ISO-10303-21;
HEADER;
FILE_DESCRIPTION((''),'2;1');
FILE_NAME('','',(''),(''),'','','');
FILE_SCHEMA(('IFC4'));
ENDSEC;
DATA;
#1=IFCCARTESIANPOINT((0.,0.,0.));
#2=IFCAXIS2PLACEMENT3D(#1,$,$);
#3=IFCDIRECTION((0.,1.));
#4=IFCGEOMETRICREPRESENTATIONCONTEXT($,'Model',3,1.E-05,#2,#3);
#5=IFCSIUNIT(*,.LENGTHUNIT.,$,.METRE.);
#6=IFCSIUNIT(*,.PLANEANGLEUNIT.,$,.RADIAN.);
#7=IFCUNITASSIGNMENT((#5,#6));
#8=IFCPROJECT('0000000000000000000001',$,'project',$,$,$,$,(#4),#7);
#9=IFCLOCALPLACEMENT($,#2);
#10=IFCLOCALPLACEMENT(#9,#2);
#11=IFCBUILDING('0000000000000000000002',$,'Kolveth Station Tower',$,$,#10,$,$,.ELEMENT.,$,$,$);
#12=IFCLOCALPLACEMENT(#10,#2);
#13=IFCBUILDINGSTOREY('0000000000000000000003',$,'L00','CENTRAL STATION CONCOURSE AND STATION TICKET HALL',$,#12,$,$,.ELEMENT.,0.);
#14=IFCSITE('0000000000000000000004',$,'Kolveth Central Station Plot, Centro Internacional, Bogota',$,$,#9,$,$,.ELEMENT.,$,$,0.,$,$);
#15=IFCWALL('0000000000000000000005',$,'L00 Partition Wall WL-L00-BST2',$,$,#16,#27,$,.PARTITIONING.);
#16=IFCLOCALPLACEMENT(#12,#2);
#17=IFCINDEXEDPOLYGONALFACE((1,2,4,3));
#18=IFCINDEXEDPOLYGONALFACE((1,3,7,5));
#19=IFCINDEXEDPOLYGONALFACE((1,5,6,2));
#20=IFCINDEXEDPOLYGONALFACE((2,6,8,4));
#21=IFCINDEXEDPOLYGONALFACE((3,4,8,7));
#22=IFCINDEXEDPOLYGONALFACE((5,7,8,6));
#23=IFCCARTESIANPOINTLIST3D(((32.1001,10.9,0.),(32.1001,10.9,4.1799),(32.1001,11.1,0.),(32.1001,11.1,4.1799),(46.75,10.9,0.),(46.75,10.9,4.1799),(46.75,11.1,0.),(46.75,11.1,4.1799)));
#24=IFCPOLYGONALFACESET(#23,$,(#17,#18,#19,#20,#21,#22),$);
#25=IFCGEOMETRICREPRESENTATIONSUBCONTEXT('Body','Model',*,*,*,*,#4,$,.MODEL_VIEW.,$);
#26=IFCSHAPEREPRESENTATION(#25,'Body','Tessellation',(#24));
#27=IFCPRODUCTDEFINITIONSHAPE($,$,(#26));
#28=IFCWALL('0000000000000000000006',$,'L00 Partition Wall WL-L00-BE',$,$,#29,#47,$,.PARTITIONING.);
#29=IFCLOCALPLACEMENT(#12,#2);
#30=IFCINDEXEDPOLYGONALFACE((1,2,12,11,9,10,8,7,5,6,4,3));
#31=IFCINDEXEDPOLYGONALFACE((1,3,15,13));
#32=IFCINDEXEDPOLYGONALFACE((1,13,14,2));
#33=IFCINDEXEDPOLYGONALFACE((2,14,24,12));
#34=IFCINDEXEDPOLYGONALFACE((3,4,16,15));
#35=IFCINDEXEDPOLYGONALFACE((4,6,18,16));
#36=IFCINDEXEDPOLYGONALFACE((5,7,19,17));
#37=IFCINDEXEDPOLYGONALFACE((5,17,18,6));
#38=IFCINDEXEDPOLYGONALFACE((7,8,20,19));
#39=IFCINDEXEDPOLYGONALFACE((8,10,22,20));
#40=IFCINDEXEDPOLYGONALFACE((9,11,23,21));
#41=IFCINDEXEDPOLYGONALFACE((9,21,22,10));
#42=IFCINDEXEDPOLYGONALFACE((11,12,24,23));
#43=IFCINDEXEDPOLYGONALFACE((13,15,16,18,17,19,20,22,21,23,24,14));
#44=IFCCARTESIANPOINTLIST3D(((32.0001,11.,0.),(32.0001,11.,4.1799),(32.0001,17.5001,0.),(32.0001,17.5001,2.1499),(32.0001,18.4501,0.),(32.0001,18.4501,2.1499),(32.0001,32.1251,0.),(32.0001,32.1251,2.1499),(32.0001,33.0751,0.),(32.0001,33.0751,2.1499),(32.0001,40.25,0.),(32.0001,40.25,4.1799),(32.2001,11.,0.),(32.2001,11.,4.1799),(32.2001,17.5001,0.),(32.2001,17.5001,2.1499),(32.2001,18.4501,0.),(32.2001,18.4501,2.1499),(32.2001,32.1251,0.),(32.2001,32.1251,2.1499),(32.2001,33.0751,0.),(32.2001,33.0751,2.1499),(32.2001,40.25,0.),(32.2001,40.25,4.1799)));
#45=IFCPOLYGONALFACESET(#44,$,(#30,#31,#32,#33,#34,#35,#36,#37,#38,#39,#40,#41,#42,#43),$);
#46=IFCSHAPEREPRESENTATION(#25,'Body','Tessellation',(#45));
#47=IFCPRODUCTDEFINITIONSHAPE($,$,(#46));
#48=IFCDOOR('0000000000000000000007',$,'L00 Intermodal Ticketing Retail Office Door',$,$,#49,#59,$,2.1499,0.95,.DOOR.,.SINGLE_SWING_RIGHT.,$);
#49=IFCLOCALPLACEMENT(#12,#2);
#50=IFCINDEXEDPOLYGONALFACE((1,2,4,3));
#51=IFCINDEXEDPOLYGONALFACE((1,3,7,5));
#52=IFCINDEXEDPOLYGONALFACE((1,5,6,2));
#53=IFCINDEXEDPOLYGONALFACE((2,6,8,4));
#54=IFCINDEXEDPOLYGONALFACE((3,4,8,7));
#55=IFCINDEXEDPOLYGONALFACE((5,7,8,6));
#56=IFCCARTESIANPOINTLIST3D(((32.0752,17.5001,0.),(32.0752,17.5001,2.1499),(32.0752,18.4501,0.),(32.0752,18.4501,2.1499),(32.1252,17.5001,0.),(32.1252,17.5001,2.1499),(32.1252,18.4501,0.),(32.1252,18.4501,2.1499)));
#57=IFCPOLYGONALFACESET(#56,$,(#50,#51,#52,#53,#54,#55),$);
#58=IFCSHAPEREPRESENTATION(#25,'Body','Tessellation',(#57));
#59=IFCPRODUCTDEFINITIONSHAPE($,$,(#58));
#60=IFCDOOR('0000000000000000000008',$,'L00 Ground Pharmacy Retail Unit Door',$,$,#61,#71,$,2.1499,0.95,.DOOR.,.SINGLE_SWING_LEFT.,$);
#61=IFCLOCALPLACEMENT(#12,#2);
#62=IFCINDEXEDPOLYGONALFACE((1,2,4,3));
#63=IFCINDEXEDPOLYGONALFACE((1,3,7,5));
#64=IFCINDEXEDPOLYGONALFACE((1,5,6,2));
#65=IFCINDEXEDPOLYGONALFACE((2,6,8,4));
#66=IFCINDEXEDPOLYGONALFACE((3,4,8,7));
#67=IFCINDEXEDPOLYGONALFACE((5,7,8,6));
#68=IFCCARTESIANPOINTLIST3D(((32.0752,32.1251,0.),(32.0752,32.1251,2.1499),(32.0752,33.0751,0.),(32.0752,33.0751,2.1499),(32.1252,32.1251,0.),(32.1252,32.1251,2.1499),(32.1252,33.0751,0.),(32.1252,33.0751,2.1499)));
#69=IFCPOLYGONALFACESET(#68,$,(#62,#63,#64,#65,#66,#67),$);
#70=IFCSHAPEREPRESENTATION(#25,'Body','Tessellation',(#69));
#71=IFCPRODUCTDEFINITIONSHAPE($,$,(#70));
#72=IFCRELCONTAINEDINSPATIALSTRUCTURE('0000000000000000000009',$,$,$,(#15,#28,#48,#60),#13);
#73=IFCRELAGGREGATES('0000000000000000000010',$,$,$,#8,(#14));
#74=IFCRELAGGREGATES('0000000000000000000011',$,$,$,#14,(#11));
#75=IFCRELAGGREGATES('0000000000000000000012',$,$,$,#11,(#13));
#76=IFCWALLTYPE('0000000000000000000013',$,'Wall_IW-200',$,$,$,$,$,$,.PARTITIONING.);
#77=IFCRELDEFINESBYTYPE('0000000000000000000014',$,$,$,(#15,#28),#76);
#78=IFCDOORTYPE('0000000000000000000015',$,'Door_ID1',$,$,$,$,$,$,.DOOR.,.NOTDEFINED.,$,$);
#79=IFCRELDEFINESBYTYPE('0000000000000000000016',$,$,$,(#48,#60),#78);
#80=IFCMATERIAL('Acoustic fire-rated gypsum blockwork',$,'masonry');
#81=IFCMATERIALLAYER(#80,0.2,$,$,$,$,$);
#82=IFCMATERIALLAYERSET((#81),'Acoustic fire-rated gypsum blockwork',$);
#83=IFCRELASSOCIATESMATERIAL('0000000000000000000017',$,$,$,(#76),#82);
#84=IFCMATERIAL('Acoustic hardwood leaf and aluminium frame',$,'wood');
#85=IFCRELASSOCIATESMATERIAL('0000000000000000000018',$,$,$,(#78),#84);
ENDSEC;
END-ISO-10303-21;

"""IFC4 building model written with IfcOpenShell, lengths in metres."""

from ifc_helpers import new_model, si_unit, direction, frame, frame_2d, origin, place, context, subcontext, project, spatial, rectangle, extrude, material, layer, layer_set, type_object, element, fill, save


model = new_model("IFC4")

# Units and contexts
model_context = context("Model", 3, precision=1e-05, world=origin(), true_north=direction((0.0, 1.0)))
body_context = subcontext(model_context, "Body", "Model", "MODEL_VIEW")
ifc_project = project(units=[si_unit("LENGTHUNIT", "METRE"), si_unit("PLANEANGLEUNIT", "RADIAN")], contexts=[model_context])

# Site, building, storey
site_placement = place(None, origin())
site = spatial("IfcSite", under=ifc_project, at=site_placement, Name="Kolveth Central Station Plot, Centro Internacional, Bogota", CompositionType="ELEMENT", RefElevation=0.0)
building_placement = place(site_placement, origin())
building = spatial("IfcBuilding", under=site, at=building_placement, Name="Kolveth Station Tower", CompositionType="ELEMENT")
storey_placement = place(building_placement, origin())
storey = spatial("IfcBuildingStorey", under=building, at=storey_placement, Name="L00", Description="CENTRAL STATION CONCOURSE AND STATION TICKET HALL", CompositionType="ELEMENT", Elevation=0.0)

# Wall
ifc_material_1 = material(Name="Acoustic fire-rated gypsum blockwork", Category="masonry")
ifc_layer_1 = layer(ifc_material_1, 0.2)
ifc_layer_set_1 = layer_set([ifc_layer_1], Name="Acoustic fire-rated gypsum blockwork")
wall_type_1 = type_object("IfcWallType", Name="Wall_IW-200", PredefinedType="PARTITIONING", material=ifc_layer_set_1)
wall_1_placement = place(storey_placement, frame((32.1001, 11.0, 0.0), z_axis=(0.0, 0.0, 1.0), x_axis=(1.0, 0.0, 0.0)))
element("IfcWall", 1, at=wall_1_placement, inside=storey, type_object=wall_type_1, Name="L00 Partition Wall WL-L00-BST2", PredefinedType="PARTITIONING", context=body_context, shape_type="SweptSolid", body=[
    extrude(rectangle(XDim=14.6499, YDim=0.2, at=frame_2d((7.325, 0.0))), origin(), (0.0, 0.0, 1.0), 4.1799),
])

# Wall, openings, doors
wall_2_placement = place(storey_placement, frame((32.1001, 11.0, 0.0), z_axis=(0.0, 0.0, 1.0), x_axis=(0.0, 1.0, 0.0)))
wall_2 = element("IfcWall", 2, at=wall_2_placement, inside=storey, type_object=wall_type_1, Name="L00 Partition Wall WL-L00-BE", PredefinedType="PARTITIONING", context=body_context, shape_type="SweptSolid", body=[
    extrude(rectangle(XDim=29.25, YDim=0.2, at=frame_2d((14.625, 0.0))), origin(), (0.0, 0.0, 1.0), 4.1799),
])
opening_1_placement = place(wall_2_placement, frame((6.5, 0.0, 0.0)))
opening_1 = element("IfcOpeningElement", 3, at=opening_1_placement, cuts=wall_2, PredefinedType="OPENING", context=body_context, shape_type="SweptSolid", body=[
    extrude(rectangle(XDim=0.95, YDim=2.1499, at=frame_2d((0.4751, 1.075))), frame((0.0, 0.1099, 0.0), z_axis=(0.0, -1.0, 0.0), x_axis=(1.0, 0.0, 0.0)), (0.0, 0.0, 1.0), 0.22),
])
opening_2_placement = place(wall_2_placement, frame((21.125, 0.0, 0.0)))
opening_2 = element("IfcOpeningElement", 4, at=opening_2_placement, cuts=wall_2, PredefinedType="OPENING", context=body_context, shape_type="SweptSolid", body=[
    extrude(rectangle(XDim=0.95, YDim=2.1499, at=frame_2d((0.4751, 1.075))), frame((0.0, 0.1099, 0.0), z_axis=(0.0, -1.0, 0.0), x_axis=(1.0, 0.0, 0.0)), (0.0, 0.0, 1.0), 0.22),
])
ifc_material_2 = material(Name="Acoustic hardwood leaf and aluminium frame", Category="wood")
door_type = type_object("IfcDoorType", Name="Door_ID1", OperationType="NOTDEFINED", PredefinedType="DOOR", material=ifc_material_2)
door_1_placement = place(opening_1_placement, origin())
door_1 = element("IfcDoor", 5, at=door_1_placement, inside=storey, type_object=door_type, Name="L00 Intermodal Ticketing Retail Office Door", OperationType="SINGLE_SWING_RIGHT", OverallHeight=2.1499, OverallWidth=0.95, PredefinedType="DOOR", context=body_context, shape_type="SweptSolid", body=[
    extrude(rectangle(XDim=0.95, YDim=2.1499, at=frame_2d((0.4751, 1.075))), frame((0.0, 0.0249, 0.0), z_axis=(0.0, -1.0, 0.0), x_axis=(1.0, 0.0, 0.0)), (0.0, 0.0, 1.0), 0.05),
])
fill(opening_1, door_1)
door_2_placement = place(opening_2_placement, origin())
door_2 = element("IfcDoor", 6, at=door_2_placement, inside=storey, type_object=door_type, Name="L00 Ground Pharmacy Retail Unit Door", OperationType="SINGLE_SWING_LEFT", OverallHeight=2.1499, OverallWidth=0.95, PredefinedType="DOOR", context=body_context, shape_type="SweptSolid", body=[
    extrude(rectangle(XDim=0.95, YDim=2.1499, at=frame_2d((0.4751, 1.075))), frame((0.0, 0.0249, 0.0), z_axis=(0.0, -1.0, 0.0), x_axis=(1.0, 0.0, 0.0)), (0.0, 0.0, 1.0), 0.05),
])
fill(opening_2, door_2)

save(model, "model.ifc")
